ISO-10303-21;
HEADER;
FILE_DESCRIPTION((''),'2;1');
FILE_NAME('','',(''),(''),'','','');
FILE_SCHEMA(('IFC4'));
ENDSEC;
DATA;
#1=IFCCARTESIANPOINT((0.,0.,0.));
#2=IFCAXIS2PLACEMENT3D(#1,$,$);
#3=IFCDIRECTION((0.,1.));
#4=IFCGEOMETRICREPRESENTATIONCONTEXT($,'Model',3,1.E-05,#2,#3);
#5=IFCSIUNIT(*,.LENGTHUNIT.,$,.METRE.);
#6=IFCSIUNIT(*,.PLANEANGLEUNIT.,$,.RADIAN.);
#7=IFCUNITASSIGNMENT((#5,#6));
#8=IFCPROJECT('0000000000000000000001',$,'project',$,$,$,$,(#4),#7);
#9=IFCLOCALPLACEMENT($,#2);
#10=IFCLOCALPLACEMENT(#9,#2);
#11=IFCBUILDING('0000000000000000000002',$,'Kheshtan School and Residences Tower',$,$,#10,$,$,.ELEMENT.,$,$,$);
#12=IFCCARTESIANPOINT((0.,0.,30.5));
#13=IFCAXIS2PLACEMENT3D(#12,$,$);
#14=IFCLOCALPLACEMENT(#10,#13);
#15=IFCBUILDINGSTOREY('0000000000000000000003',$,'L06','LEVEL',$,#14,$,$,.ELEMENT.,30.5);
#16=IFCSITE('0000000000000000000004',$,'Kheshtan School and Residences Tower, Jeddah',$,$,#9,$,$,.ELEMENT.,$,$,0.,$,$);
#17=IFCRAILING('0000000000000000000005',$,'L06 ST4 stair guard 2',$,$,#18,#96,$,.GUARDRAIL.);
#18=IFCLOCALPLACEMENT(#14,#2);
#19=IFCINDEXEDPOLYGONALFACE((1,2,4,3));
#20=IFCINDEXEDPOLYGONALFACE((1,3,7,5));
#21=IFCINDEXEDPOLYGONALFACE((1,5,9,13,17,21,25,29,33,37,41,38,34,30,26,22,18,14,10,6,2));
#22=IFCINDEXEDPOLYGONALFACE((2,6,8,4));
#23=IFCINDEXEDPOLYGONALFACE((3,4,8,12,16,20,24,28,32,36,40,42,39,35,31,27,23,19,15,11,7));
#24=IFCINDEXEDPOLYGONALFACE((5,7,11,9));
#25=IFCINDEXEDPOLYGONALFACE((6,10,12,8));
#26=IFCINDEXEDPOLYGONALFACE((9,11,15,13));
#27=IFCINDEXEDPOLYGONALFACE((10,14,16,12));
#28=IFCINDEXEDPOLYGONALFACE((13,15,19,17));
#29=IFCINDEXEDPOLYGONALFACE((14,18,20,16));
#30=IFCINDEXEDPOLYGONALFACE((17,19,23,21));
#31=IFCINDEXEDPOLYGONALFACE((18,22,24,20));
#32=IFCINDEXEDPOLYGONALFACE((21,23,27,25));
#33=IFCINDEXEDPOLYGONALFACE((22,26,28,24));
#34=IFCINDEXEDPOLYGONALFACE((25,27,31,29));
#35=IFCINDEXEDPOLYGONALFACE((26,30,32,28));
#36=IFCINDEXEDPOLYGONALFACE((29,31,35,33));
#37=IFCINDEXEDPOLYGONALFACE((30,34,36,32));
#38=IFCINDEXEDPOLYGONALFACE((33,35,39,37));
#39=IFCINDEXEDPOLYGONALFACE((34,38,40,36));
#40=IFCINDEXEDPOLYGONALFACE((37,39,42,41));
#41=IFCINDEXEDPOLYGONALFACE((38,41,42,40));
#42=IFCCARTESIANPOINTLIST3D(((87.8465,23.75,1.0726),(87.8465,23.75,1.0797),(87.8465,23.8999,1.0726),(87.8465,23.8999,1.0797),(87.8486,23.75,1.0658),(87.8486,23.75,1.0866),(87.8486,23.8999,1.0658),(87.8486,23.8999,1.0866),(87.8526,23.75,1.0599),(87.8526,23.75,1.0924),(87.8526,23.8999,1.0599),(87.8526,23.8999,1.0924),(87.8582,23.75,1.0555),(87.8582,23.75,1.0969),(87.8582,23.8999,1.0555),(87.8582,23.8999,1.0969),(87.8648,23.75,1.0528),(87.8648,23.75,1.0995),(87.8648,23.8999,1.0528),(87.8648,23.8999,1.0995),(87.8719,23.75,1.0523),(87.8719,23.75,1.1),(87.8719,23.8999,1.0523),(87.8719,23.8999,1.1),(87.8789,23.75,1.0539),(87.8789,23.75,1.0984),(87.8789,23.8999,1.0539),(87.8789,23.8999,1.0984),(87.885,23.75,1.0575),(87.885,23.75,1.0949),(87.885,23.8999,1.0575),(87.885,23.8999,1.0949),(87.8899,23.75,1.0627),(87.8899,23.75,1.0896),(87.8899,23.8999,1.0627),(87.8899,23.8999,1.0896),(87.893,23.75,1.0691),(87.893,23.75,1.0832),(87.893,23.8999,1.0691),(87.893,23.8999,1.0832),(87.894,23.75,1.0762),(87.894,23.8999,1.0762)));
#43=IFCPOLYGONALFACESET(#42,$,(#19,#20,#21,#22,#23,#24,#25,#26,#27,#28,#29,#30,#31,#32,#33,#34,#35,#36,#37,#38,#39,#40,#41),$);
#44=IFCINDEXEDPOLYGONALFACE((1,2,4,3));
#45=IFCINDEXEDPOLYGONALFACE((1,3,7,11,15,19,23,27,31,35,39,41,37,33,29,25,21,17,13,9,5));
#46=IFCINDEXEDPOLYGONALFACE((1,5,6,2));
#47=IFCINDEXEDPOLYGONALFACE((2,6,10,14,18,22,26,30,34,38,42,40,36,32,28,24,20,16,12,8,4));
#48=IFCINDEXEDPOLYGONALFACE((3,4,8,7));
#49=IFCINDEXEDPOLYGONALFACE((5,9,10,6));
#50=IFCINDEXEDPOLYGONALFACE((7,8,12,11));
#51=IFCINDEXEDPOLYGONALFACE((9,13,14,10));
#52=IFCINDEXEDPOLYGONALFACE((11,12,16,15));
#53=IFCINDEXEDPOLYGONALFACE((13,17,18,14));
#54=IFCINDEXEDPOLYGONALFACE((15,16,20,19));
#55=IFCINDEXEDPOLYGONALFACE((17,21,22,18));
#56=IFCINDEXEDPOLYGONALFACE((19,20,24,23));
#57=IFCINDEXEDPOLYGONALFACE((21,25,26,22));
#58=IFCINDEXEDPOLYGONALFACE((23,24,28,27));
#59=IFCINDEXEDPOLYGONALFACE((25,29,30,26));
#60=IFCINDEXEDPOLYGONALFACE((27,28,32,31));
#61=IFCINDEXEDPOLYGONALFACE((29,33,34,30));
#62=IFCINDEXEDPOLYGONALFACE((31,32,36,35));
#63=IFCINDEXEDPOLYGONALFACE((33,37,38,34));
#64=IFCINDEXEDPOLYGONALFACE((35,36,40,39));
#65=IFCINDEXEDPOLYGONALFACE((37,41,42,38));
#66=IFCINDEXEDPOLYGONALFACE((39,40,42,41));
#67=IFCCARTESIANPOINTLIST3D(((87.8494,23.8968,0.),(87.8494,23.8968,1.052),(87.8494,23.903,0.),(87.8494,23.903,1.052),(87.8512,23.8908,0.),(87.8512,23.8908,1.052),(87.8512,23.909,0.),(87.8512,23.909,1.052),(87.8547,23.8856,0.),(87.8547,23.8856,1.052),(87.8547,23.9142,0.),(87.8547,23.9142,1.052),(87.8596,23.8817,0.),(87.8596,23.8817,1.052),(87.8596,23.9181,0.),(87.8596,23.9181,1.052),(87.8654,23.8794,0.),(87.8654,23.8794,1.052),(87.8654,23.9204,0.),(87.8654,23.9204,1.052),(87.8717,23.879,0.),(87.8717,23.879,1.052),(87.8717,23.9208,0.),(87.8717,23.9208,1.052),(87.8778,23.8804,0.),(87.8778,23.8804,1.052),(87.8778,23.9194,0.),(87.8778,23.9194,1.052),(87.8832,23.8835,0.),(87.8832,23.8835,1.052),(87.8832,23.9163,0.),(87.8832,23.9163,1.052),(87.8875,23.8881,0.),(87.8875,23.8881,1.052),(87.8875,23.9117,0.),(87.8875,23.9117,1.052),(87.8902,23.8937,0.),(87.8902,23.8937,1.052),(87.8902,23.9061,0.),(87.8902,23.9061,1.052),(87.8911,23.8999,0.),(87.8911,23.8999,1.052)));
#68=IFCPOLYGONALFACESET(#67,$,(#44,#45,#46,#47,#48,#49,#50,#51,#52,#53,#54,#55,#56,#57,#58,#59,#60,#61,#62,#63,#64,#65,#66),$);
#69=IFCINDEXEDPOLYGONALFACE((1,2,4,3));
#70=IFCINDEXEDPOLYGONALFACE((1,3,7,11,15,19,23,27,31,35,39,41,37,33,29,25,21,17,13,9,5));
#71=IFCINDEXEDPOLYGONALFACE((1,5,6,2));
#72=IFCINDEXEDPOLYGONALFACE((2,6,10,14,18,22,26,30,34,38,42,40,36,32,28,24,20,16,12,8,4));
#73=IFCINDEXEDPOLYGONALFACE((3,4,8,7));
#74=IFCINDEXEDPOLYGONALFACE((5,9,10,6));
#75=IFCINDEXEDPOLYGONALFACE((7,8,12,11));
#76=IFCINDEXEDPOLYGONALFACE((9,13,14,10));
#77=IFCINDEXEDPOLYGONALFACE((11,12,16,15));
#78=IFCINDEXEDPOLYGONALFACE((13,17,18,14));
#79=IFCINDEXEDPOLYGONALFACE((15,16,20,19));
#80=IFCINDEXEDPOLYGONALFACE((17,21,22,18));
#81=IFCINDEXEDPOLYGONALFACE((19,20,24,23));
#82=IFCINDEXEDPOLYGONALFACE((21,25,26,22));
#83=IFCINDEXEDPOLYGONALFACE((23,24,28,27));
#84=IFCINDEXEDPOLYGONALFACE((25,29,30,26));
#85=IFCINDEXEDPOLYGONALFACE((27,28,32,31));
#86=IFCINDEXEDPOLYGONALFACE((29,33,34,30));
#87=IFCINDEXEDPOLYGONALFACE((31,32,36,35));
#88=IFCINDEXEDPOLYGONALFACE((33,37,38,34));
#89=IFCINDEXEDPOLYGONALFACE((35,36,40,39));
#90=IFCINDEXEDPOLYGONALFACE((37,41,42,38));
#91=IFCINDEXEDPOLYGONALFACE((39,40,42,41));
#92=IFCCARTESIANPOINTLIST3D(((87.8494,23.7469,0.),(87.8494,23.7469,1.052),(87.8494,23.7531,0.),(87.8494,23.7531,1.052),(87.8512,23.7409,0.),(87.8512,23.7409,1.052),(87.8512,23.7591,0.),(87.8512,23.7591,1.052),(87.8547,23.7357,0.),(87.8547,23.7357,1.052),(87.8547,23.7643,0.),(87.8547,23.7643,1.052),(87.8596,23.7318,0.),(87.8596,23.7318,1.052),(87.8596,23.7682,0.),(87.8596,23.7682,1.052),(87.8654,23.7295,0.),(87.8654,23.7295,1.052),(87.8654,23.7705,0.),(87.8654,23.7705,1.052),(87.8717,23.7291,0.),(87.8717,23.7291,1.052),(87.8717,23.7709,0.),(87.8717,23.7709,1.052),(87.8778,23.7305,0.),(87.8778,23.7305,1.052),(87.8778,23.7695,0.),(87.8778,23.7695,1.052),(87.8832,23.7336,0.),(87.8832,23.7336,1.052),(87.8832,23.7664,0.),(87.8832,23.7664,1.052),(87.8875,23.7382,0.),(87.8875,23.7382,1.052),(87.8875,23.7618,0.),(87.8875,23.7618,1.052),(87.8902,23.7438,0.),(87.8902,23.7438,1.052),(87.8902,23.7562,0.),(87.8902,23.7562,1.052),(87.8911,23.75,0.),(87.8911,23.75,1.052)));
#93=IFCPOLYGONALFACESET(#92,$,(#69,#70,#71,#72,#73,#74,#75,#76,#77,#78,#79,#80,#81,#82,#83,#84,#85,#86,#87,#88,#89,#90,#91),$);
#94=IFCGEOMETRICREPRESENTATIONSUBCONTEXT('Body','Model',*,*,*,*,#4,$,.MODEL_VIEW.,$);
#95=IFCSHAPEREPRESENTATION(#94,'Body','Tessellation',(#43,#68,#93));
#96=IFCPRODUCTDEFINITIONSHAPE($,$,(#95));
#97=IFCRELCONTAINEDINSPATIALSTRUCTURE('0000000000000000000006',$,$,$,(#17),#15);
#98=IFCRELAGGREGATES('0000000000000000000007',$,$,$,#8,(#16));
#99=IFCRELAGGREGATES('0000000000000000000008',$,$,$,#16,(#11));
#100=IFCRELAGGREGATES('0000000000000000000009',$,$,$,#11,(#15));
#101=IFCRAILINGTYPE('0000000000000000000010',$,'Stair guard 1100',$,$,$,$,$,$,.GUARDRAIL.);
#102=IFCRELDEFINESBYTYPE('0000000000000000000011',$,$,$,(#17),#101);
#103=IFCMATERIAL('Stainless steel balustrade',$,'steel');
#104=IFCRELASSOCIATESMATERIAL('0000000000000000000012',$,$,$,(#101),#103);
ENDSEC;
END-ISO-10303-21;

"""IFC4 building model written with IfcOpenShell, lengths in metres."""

from ifc_helpers import new_model, si_unit, direction, frame, origin, origin_2d, place, context, subcontext, project, spatial, circle, extrude, material, type_object, element, save


model = new_model("IFC4")

# Units and contexts
model_context = context("Model", 3, precision=1e-05, world=origin(), true_north=direction((0.0, 1.0)))
body_context = subcontext(model_context, "Body", "Model", "MODEL_VIEW")
ifc_project = project(units=[si_unit("LENGTHUNIT", "METRE"), si_unit("PLANEANGLEUNIT", "RADIAN")], contexts=[model_context])

# Site, building, storey
site_placement = place(None, origin())
site = spatial("IfcSite", under=ifc_project, at=site_placement, Name="Kheshtan School and Residences Tower, Jeddah", CompositionType="ELEMENT", RefElevation=0.0)
building_placement = place(site_placement, origin())
building = spatial("IfcBuilding", under=site, at=building_placement, Name="Kheshtan School and Residences Tower", CompositionType="ELEMENT")
storey_placement = place(building_placement, frame((0.0, 0.0, 30.5)))
storey = spatial("IfcBuildingStorey", under=building, at=storey_placement, Name="L06", Description="LEVEL", CompositionType="ELEMENT", Elevation=30.5)

# Railing
ifc_material_1 = material(Name="Stainless steel balustrade", Category="steel")
railing_type_1 = type_object("IfcRailingType", Name="Stair guard 1100", PredefinedType="GUARDRAIL", material=ifc_material_1)
railing_1_placement = place(storey_placement, frame((87.8701, 23.8999, 0.0)))
element("IfcRailing", 1, at=railing_1_placement, inside=storey, type_object=railing_type_1, Name="L06 ST4 stair guard 2", PredefinedType="GUARDRAIL", context=body_context, shape_type="SweptSolid", body=[
    extrude(circle(Radius=0.0239, at=origin_2d()), frame((0.0, 0.0, 1.0762), z_axis=(0.0, -1.0, 0.0), x_axis=(1.0, 0.0, 0.0)), (0.0, 0.0, 1.0), 0.1499),
    extrude(circle(Radius=0.021, at=origin_2d()), origin(), (0.0, 0.0, 1.0), 1.052),
    extrude(circle(Radius=0.021, at=origin_2d()), frame((0.0, -0.1499, 0.0)), (0.0, 0.0, 1.0), 1.052),
])

save(model, "model.ifc")
